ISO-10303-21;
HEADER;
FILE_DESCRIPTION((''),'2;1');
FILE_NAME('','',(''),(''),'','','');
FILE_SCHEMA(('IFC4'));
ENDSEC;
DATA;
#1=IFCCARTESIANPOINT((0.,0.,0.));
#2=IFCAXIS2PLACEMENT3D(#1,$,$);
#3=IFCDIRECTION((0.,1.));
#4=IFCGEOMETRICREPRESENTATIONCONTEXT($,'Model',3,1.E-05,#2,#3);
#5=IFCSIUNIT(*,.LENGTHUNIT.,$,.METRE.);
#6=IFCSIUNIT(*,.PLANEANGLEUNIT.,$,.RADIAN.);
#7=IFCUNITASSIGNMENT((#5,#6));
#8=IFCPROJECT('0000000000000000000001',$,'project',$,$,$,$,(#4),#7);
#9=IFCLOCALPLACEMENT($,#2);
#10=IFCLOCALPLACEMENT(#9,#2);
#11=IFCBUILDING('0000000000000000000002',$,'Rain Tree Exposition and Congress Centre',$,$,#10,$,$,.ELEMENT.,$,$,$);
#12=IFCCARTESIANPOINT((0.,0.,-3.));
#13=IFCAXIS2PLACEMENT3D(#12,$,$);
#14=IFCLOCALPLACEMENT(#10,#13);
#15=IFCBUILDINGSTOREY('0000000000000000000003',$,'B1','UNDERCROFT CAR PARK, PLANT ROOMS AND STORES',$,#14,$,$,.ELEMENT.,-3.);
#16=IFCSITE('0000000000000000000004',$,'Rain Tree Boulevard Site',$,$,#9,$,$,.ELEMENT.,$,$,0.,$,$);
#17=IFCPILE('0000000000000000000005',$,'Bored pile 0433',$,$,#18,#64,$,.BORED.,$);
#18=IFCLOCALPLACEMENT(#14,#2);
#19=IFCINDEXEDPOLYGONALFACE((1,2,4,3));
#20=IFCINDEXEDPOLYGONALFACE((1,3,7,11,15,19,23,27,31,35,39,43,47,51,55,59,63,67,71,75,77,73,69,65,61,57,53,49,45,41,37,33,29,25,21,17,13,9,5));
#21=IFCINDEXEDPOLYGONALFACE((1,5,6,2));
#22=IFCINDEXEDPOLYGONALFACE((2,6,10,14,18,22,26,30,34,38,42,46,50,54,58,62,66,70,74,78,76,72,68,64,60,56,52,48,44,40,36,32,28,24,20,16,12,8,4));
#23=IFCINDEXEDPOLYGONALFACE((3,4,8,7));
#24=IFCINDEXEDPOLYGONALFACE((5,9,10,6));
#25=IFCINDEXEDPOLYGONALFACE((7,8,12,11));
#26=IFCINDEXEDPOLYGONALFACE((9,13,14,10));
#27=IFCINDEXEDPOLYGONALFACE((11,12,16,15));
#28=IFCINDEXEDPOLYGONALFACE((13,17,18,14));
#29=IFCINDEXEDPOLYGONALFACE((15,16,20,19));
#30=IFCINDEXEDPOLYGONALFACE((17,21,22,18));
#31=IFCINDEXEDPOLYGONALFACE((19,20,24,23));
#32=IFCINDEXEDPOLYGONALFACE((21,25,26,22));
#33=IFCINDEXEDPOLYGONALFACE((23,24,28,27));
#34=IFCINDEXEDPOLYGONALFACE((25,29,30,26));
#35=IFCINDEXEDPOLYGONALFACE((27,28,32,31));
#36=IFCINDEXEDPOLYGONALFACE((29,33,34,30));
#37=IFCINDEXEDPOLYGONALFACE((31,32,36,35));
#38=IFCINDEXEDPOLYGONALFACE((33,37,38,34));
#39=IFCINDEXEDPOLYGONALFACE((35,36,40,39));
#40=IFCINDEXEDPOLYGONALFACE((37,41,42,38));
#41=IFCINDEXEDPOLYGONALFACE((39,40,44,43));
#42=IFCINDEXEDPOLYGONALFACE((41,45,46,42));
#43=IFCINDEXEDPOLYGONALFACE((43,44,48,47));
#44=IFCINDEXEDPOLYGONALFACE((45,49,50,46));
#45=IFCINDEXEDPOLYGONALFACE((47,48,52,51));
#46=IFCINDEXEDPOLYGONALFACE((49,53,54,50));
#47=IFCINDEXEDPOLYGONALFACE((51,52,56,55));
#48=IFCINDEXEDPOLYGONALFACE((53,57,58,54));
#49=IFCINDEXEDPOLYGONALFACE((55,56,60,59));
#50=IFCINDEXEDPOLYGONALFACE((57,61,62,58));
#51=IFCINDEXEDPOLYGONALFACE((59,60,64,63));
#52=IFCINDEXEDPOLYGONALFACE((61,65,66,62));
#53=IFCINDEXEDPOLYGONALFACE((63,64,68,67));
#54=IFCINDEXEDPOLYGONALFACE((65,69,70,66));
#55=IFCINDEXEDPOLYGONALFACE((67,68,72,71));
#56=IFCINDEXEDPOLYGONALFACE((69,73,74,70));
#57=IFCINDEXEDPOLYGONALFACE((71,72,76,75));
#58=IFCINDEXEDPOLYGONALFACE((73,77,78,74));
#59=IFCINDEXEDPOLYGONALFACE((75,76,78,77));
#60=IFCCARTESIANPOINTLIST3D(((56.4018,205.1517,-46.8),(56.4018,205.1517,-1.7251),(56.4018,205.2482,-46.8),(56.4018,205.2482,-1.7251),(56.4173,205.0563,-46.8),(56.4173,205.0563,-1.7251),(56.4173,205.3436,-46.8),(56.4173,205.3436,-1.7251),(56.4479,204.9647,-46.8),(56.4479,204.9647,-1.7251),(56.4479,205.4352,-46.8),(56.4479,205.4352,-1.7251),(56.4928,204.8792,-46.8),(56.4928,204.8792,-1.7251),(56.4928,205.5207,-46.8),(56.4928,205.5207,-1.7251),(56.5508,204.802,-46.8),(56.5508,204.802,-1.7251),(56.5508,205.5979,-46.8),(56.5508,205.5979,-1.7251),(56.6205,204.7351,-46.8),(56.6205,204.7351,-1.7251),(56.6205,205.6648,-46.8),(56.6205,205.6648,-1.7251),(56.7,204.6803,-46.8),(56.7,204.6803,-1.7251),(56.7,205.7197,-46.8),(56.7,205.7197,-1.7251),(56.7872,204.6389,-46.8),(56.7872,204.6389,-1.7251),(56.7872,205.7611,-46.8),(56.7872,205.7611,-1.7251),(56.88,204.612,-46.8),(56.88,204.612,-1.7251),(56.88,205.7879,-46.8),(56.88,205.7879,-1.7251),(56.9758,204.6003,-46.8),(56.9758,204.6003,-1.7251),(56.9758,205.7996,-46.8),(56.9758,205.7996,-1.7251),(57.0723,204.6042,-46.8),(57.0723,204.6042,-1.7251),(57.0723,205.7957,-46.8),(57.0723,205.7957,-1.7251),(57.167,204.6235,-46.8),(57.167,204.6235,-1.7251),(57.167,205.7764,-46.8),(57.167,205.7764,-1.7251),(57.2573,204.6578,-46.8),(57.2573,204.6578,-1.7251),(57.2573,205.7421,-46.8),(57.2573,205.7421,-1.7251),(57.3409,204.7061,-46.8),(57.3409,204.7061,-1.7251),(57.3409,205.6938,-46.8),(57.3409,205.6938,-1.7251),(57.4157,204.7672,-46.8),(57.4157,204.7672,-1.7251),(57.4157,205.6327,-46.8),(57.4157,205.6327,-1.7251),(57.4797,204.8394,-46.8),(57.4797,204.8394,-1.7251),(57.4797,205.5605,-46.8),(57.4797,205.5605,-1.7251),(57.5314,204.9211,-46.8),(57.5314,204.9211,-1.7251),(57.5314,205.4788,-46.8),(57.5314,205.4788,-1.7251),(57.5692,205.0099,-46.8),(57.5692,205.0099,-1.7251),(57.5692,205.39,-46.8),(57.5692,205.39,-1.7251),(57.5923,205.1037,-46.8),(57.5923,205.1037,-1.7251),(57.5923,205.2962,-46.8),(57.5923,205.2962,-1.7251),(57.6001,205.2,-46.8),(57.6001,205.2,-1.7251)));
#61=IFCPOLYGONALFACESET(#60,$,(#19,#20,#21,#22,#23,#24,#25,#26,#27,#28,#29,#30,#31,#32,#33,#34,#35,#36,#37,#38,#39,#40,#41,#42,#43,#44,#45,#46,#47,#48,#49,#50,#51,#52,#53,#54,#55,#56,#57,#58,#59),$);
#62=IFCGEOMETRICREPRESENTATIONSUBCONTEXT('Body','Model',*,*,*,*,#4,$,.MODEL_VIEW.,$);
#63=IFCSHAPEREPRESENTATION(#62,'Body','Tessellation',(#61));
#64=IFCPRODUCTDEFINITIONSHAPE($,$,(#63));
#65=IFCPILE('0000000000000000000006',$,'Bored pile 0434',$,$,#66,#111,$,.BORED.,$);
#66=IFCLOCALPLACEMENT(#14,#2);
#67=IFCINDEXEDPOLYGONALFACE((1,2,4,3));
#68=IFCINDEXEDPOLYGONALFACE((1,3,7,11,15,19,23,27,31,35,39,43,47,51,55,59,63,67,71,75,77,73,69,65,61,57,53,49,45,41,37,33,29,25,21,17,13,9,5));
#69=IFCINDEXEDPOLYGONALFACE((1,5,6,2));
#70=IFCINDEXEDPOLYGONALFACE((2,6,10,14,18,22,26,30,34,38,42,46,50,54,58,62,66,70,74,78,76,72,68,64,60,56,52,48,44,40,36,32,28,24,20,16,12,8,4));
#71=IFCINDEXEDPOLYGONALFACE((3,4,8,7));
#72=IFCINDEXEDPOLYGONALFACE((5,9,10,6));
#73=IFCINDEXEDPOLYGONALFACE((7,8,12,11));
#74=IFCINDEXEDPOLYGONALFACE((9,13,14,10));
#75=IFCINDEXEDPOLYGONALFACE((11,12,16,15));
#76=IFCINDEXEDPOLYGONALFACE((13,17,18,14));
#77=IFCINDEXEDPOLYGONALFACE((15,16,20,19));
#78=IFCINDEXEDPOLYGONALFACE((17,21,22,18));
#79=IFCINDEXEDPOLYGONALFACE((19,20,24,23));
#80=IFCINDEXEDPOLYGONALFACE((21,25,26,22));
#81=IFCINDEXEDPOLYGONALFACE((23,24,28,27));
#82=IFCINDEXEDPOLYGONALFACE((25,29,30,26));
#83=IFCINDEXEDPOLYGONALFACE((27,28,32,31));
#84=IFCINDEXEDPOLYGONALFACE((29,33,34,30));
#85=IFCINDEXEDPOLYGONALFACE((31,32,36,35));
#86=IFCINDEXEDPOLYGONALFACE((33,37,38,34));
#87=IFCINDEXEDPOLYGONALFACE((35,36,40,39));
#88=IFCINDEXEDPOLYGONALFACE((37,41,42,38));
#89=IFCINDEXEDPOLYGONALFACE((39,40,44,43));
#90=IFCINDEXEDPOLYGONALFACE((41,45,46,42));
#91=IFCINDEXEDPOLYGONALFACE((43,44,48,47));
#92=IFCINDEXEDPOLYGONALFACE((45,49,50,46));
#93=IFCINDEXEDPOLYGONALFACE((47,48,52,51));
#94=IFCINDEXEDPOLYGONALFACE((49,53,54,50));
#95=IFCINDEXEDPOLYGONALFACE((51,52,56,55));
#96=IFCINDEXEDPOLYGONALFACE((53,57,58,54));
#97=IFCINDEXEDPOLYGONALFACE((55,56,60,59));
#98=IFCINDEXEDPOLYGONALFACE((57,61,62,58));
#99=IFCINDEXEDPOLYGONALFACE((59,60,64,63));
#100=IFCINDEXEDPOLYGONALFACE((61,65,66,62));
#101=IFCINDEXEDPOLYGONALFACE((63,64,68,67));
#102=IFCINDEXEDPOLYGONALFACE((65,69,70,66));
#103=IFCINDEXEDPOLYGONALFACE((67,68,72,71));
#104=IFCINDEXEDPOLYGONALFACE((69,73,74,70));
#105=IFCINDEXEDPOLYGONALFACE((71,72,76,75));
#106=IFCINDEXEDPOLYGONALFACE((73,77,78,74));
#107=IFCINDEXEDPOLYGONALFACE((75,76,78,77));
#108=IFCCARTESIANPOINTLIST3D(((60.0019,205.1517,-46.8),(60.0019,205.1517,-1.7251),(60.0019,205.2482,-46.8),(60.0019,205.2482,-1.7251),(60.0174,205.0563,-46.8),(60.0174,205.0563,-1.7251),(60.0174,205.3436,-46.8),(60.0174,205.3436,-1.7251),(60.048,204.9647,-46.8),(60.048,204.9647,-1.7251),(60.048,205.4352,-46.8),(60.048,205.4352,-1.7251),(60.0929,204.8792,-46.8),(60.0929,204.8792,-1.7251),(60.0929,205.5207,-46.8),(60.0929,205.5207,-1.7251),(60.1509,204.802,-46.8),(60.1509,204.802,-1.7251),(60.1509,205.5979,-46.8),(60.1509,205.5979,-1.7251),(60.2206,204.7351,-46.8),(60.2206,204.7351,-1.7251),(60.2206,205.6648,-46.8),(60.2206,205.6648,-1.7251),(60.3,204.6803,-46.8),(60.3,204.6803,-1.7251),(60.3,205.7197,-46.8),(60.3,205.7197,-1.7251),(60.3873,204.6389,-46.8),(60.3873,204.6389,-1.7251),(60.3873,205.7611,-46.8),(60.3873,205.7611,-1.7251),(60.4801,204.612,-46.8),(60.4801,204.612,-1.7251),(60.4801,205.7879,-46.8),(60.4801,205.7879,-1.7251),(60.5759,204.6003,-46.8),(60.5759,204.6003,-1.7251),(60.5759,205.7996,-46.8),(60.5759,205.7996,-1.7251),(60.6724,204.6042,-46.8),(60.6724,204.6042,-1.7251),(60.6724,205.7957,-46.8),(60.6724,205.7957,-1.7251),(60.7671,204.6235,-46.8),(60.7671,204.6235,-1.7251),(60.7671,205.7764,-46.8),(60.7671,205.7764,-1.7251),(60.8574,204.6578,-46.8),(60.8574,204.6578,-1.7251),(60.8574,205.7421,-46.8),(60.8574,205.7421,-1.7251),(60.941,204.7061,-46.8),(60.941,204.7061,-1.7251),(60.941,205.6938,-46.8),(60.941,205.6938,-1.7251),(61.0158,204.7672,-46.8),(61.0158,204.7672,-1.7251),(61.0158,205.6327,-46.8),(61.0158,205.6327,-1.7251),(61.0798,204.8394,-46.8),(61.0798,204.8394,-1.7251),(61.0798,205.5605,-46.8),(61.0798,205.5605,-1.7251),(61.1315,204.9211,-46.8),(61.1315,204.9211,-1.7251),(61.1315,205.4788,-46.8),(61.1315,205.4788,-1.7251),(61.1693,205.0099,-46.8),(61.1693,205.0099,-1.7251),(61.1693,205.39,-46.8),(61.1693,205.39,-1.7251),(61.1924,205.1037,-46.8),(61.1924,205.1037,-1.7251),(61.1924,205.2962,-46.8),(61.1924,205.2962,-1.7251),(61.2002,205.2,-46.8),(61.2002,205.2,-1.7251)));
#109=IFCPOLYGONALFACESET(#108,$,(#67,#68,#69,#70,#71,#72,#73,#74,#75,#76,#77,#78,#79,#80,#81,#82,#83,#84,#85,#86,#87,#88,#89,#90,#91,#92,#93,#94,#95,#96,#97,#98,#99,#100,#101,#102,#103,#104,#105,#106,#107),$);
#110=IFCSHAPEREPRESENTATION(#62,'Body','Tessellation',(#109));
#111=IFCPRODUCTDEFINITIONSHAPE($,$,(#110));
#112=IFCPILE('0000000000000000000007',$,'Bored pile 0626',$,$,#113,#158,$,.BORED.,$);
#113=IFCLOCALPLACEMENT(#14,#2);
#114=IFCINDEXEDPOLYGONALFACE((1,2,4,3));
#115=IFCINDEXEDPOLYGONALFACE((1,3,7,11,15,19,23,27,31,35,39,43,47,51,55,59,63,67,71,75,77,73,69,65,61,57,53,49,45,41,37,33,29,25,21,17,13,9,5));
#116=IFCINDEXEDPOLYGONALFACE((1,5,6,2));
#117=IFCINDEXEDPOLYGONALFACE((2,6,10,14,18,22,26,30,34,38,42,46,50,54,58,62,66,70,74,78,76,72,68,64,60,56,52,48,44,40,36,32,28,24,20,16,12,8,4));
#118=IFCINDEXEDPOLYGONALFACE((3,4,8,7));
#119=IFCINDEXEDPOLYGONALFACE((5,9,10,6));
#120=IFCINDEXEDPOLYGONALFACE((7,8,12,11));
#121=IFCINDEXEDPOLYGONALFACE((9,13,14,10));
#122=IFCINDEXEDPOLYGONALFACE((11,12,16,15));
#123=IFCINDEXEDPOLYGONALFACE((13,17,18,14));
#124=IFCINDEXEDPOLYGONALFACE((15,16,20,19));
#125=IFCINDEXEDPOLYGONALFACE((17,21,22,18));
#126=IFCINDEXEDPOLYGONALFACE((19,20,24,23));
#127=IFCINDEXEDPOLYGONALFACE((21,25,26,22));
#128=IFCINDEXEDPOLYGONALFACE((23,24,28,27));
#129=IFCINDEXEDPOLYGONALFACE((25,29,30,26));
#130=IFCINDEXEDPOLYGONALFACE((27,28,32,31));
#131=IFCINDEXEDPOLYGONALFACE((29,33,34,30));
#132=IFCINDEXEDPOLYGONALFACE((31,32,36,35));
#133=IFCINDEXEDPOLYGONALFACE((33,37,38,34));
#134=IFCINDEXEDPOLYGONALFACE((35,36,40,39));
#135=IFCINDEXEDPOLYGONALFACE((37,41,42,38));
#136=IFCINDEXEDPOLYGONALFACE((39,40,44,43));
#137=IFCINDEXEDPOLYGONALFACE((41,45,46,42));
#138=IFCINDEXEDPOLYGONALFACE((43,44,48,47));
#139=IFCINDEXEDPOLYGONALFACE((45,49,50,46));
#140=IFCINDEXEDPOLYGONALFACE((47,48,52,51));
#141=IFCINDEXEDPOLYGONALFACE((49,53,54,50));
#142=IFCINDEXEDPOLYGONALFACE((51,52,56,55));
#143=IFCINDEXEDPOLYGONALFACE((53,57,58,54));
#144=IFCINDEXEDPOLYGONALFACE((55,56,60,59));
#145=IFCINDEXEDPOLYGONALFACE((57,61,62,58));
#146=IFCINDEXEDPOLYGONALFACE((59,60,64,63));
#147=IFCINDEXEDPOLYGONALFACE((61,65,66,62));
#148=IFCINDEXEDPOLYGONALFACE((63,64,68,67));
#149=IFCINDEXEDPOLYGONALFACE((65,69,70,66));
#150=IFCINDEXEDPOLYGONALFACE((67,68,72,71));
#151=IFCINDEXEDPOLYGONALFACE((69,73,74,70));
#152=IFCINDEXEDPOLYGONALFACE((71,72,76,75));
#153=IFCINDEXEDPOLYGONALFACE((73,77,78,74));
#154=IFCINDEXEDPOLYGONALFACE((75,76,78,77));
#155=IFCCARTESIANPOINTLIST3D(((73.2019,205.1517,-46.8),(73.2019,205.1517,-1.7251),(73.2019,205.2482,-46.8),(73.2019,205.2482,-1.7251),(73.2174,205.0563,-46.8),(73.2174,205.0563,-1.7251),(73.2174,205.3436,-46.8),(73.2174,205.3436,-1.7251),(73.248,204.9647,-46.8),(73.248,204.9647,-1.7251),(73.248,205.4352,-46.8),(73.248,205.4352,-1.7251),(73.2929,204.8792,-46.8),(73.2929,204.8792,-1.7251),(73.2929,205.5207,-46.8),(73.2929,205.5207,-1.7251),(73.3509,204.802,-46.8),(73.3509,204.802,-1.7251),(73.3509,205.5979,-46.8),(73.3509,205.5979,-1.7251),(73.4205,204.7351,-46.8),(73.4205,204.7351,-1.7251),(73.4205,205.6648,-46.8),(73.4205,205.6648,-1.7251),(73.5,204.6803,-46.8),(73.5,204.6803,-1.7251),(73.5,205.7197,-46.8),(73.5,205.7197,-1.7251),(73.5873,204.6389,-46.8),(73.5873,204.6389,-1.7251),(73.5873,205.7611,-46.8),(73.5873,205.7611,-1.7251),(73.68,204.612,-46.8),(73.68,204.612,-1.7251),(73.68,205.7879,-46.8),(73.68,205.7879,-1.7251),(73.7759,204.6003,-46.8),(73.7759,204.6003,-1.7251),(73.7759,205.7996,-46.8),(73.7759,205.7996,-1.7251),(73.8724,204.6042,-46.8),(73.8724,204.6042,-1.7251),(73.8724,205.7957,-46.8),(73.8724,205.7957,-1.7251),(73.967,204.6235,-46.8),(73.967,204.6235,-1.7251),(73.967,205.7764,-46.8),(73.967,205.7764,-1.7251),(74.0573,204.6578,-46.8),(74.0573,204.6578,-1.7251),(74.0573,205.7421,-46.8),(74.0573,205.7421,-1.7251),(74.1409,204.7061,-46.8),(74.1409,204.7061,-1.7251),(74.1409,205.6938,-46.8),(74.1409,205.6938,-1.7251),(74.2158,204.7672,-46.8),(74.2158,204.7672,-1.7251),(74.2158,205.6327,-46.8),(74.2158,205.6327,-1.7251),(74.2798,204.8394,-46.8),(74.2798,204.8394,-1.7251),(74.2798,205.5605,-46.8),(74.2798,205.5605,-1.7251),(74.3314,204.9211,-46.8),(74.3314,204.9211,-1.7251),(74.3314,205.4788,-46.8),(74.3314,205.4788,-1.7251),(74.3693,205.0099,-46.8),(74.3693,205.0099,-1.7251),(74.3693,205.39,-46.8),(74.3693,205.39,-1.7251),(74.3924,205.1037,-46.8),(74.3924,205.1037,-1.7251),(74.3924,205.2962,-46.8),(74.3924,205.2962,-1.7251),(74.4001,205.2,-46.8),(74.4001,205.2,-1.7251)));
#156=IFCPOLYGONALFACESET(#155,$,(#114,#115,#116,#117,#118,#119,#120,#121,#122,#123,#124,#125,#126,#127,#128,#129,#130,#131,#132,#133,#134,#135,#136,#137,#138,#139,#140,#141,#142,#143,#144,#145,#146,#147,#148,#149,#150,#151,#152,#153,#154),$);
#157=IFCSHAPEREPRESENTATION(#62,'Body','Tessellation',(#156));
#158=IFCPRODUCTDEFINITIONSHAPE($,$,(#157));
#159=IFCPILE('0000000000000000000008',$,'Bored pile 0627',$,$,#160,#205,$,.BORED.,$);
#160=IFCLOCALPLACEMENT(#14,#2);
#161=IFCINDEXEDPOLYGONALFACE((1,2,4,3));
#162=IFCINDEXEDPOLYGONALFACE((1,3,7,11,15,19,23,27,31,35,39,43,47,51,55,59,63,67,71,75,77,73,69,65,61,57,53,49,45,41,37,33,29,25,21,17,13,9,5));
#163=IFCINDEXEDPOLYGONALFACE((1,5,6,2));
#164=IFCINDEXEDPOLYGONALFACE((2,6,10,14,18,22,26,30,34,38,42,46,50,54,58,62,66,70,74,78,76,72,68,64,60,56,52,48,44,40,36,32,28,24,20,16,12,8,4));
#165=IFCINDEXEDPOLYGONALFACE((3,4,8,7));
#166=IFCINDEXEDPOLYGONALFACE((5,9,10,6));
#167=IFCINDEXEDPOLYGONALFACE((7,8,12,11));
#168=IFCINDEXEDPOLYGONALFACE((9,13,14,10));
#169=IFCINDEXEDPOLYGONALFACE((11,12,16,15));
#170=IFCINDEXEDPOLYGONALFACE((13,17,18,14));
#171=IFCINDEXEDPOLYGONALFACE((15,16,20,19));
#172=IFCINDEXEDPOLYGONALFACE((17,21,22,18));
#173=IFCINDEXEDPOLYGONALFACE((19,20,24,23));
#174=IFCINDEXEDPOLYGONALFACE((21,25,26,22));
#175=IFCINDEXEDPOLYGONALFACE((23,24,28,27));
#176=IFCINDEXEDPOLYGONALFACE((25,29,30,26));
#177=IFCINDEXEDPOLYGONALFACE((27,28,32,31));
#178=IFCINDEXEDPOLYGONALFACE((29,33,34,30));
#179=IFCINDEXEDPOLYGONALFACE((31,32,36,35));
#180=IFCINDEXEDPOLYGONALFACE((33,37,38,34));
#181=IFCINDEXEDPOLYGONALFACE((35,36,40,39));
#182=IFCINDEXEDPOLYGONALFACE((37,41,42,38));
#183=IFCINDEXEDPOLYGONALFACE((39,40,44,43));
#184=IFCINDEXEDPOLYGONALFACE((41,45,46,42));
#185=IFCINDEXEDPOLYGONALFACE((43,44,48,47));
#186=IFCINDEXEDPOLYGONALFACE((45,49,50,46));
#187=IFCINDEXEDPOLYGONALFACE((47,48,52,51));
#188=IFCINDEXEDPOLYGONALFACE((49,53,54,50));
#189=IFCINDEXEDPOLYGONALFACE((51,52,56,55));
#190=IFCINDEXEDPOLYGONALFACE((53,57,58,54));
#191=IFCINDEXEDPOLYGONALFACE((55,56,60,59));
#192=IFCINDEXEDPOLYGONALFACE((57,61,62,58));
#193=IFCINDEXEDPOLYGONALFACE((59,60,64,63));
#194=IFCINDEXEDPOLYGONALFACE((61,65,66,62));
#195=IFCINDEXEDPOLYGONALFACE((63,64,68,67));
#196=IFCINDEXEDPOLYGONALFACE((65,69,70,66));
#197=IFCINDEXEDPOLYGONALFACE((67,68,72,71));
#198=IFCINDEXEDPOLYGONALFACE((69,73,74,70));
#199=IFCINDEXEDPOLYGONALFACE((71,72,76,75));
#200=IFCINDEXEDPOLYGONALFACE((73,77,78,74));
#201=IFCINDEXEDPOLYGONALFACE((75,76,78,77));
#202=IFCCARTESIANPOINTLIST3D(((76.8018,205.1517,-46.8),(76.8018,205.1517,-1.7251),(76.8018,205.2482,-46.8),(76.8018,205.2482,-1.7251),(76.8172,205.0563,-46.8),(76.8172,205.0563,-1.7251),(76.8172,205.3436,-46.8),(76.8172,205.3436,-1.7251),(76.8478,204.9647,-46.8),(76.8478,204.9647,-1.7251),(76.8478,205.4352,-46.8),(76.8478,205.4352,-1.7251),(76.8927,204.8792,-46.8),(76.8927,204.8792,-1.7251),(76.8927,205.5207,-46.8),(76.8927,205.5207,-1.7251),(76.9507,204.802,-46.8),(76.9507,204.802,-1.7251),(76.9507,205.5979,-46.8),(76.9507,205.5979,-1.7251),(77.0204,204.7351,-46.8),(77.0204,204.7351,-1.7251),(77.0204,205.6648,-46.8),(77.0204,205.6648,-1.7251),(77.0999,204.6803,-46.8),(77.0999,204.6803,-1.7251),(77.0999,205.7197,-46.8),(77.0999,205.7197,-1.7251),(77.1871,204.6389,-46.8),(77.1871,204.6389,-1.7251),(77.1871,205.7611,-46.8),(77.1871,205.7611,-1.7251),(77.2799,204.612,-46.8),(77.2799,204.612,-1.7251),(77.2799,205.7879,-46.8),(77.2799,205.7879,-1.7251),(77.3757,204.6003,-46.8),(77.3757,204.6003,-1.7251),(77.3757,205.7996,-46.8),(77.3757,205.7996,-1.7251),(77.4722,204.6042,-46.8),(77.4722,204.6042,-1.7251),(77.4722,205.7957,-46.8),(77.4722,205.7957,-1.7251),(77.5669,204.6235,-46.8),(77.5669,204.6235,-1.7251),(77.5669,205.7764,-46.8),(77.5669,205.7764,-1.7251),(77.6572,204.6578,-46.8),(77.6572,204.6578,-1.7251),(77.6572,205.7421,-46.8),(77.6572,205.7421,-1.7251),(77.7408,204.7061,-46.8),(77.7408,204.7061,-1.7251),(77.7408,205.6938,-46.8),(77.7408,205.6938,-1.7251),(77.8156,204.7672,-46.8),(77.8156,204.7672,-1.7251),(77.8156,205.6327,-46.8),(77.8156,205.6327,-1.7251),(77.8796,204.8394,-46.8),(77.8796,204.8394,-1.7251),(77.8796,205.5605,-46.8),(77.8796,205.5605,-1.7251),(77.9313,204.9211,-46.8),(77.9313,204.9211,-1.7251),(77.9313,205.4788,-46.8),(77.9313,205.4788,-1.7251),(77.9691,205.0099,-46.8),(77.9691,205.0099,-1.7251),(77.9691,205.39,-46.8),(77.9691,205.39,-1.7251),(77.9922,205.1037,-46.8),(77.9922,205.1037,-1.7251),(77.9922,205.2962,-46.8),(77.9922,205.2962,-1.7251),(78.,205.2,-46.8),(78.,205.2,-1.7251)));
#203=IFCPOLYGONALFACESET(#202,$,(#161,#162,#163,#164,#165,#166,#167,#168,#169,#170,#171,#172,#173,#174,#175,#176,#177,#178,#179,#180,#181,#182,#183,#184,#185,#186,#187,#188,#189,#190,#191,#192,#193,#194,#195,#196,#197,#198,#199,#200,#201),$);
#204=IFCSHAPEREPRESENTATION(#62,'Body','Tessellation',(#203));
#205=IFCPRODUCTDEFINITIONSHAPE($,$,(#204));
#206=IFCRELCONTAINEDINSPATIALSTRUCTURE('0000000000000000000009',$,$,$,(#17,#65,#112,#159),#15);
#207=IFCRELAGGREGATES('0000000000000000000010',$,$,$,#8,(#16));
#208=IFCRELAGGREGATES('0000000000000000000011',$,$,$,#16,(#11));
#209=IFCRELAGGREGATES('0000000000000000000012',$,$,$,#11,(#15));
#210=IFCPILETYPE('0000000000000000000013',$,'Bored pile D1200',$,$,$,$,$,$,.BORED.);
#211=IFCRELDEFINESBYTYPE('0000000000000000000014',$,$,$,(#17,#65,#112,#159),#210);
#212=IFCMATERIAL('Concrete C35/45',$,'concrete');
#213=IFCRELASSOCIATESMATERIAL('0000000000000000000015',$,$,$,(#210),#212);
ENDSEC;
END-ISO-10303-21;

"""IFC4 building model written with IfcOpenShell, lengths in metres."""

from ifc_helpers import new_model, si_unit, direction, frame, origin, origin_2d, place, context, subcontext, project, spatial, circle, extrude, material, material_profile, profile_set, type_object, element, save


model = new_model("IFC4")

# Units and contexts
model_context = context("Model", 3, precision=1e-05, world=origin(), true_north=direction((0.0, 1.0)))
body_context = subcontext(model_context, "Body", "Model", "MODEL_VIEW")
ifc_project = project(units=[si_unit("LENGTHUNIT", "METRE"), si_unit("PLANEANGLEUNIT", "RADIAN")], contexts=[model_context])

# Site, building, storey
site_placement = place(None, origin())
site = spatial("IfcSite", under=ifc_project, at=site_placement, Name="Rain Tree Boulevard Site", CompositionType="ELEMENT", RefElevation=0.0)
building_placement = place(site_placement, origin())
building = spatial("IfcBuilding", under=site, at=building_placement, Name="Rain Tree Exposition and Congress Centre", CompositionType="ELEMENT")
storey_placement = place(building_placement, frame((0.0, 0.0, -3.0)))
storey = spatial("IfcBuildingStorey", under=building, at=storey_placement, Name="B1", Description="UNDERCROFT CAR PARK, PLANT ROOMS AND STORES", CompositionType="ELEMENT", Elevation=-3.0)

# Piles
ifc_material_1 = material(Name="Concrete C35/45", Category="concrete")
ifc_material_profile_1 = material_profile(ifc_material_1, circle(Radius=0.6001, at=origin_2d()), Name="D1200")
ifc_profile_set_1 = profile_set([ifc_material_profile_1], Name="Concrete C35/45")
pile_type_1 = type_object("IfcPileType", Name="Bored pile D1200", PredefinedType="BORED", material=ifc_profile_set_1)
for number, where, z_axis, x_axis, name in (
    (1, (57.0, 205.2, -1.7251), (0.0, 0.0, -1.0), (1.0, 0.0, 0.0), "Bored pile 0433"),
    (2, (60.6001, 205.2, -1.7251), (0.0, 0.0, -1.0), (1.0, 0.0, 0.0), "Bored pile 0434"),
    (3, (73.8, 205.2, -1.7251), (0.0, 0.0, -1.0), (1.0, 0.0, 0.0), "Bored pile 0626"),
    (4, (77.3999, 205.2, -1.7251), (0.0, 0.0, -1.0), (1.0, 0.0, 0.0), "Bored pile 0627"),
):
    element("IfcPile", number, at=place(storey_placement, frame(where, z_axis=z_axis, x_axis=x_axis)), inside=storey, type_object=pile_type_1, Name=name, PredefinedType="BORED", context=body_context, shape_type="SweptSolid", body=[
        extrude(circle(Radius=0.6001, at=origin_2d()), origin(), (0.0, 0.0, 1.0), 45.075),
    ])

save(model, "model.ifc")
